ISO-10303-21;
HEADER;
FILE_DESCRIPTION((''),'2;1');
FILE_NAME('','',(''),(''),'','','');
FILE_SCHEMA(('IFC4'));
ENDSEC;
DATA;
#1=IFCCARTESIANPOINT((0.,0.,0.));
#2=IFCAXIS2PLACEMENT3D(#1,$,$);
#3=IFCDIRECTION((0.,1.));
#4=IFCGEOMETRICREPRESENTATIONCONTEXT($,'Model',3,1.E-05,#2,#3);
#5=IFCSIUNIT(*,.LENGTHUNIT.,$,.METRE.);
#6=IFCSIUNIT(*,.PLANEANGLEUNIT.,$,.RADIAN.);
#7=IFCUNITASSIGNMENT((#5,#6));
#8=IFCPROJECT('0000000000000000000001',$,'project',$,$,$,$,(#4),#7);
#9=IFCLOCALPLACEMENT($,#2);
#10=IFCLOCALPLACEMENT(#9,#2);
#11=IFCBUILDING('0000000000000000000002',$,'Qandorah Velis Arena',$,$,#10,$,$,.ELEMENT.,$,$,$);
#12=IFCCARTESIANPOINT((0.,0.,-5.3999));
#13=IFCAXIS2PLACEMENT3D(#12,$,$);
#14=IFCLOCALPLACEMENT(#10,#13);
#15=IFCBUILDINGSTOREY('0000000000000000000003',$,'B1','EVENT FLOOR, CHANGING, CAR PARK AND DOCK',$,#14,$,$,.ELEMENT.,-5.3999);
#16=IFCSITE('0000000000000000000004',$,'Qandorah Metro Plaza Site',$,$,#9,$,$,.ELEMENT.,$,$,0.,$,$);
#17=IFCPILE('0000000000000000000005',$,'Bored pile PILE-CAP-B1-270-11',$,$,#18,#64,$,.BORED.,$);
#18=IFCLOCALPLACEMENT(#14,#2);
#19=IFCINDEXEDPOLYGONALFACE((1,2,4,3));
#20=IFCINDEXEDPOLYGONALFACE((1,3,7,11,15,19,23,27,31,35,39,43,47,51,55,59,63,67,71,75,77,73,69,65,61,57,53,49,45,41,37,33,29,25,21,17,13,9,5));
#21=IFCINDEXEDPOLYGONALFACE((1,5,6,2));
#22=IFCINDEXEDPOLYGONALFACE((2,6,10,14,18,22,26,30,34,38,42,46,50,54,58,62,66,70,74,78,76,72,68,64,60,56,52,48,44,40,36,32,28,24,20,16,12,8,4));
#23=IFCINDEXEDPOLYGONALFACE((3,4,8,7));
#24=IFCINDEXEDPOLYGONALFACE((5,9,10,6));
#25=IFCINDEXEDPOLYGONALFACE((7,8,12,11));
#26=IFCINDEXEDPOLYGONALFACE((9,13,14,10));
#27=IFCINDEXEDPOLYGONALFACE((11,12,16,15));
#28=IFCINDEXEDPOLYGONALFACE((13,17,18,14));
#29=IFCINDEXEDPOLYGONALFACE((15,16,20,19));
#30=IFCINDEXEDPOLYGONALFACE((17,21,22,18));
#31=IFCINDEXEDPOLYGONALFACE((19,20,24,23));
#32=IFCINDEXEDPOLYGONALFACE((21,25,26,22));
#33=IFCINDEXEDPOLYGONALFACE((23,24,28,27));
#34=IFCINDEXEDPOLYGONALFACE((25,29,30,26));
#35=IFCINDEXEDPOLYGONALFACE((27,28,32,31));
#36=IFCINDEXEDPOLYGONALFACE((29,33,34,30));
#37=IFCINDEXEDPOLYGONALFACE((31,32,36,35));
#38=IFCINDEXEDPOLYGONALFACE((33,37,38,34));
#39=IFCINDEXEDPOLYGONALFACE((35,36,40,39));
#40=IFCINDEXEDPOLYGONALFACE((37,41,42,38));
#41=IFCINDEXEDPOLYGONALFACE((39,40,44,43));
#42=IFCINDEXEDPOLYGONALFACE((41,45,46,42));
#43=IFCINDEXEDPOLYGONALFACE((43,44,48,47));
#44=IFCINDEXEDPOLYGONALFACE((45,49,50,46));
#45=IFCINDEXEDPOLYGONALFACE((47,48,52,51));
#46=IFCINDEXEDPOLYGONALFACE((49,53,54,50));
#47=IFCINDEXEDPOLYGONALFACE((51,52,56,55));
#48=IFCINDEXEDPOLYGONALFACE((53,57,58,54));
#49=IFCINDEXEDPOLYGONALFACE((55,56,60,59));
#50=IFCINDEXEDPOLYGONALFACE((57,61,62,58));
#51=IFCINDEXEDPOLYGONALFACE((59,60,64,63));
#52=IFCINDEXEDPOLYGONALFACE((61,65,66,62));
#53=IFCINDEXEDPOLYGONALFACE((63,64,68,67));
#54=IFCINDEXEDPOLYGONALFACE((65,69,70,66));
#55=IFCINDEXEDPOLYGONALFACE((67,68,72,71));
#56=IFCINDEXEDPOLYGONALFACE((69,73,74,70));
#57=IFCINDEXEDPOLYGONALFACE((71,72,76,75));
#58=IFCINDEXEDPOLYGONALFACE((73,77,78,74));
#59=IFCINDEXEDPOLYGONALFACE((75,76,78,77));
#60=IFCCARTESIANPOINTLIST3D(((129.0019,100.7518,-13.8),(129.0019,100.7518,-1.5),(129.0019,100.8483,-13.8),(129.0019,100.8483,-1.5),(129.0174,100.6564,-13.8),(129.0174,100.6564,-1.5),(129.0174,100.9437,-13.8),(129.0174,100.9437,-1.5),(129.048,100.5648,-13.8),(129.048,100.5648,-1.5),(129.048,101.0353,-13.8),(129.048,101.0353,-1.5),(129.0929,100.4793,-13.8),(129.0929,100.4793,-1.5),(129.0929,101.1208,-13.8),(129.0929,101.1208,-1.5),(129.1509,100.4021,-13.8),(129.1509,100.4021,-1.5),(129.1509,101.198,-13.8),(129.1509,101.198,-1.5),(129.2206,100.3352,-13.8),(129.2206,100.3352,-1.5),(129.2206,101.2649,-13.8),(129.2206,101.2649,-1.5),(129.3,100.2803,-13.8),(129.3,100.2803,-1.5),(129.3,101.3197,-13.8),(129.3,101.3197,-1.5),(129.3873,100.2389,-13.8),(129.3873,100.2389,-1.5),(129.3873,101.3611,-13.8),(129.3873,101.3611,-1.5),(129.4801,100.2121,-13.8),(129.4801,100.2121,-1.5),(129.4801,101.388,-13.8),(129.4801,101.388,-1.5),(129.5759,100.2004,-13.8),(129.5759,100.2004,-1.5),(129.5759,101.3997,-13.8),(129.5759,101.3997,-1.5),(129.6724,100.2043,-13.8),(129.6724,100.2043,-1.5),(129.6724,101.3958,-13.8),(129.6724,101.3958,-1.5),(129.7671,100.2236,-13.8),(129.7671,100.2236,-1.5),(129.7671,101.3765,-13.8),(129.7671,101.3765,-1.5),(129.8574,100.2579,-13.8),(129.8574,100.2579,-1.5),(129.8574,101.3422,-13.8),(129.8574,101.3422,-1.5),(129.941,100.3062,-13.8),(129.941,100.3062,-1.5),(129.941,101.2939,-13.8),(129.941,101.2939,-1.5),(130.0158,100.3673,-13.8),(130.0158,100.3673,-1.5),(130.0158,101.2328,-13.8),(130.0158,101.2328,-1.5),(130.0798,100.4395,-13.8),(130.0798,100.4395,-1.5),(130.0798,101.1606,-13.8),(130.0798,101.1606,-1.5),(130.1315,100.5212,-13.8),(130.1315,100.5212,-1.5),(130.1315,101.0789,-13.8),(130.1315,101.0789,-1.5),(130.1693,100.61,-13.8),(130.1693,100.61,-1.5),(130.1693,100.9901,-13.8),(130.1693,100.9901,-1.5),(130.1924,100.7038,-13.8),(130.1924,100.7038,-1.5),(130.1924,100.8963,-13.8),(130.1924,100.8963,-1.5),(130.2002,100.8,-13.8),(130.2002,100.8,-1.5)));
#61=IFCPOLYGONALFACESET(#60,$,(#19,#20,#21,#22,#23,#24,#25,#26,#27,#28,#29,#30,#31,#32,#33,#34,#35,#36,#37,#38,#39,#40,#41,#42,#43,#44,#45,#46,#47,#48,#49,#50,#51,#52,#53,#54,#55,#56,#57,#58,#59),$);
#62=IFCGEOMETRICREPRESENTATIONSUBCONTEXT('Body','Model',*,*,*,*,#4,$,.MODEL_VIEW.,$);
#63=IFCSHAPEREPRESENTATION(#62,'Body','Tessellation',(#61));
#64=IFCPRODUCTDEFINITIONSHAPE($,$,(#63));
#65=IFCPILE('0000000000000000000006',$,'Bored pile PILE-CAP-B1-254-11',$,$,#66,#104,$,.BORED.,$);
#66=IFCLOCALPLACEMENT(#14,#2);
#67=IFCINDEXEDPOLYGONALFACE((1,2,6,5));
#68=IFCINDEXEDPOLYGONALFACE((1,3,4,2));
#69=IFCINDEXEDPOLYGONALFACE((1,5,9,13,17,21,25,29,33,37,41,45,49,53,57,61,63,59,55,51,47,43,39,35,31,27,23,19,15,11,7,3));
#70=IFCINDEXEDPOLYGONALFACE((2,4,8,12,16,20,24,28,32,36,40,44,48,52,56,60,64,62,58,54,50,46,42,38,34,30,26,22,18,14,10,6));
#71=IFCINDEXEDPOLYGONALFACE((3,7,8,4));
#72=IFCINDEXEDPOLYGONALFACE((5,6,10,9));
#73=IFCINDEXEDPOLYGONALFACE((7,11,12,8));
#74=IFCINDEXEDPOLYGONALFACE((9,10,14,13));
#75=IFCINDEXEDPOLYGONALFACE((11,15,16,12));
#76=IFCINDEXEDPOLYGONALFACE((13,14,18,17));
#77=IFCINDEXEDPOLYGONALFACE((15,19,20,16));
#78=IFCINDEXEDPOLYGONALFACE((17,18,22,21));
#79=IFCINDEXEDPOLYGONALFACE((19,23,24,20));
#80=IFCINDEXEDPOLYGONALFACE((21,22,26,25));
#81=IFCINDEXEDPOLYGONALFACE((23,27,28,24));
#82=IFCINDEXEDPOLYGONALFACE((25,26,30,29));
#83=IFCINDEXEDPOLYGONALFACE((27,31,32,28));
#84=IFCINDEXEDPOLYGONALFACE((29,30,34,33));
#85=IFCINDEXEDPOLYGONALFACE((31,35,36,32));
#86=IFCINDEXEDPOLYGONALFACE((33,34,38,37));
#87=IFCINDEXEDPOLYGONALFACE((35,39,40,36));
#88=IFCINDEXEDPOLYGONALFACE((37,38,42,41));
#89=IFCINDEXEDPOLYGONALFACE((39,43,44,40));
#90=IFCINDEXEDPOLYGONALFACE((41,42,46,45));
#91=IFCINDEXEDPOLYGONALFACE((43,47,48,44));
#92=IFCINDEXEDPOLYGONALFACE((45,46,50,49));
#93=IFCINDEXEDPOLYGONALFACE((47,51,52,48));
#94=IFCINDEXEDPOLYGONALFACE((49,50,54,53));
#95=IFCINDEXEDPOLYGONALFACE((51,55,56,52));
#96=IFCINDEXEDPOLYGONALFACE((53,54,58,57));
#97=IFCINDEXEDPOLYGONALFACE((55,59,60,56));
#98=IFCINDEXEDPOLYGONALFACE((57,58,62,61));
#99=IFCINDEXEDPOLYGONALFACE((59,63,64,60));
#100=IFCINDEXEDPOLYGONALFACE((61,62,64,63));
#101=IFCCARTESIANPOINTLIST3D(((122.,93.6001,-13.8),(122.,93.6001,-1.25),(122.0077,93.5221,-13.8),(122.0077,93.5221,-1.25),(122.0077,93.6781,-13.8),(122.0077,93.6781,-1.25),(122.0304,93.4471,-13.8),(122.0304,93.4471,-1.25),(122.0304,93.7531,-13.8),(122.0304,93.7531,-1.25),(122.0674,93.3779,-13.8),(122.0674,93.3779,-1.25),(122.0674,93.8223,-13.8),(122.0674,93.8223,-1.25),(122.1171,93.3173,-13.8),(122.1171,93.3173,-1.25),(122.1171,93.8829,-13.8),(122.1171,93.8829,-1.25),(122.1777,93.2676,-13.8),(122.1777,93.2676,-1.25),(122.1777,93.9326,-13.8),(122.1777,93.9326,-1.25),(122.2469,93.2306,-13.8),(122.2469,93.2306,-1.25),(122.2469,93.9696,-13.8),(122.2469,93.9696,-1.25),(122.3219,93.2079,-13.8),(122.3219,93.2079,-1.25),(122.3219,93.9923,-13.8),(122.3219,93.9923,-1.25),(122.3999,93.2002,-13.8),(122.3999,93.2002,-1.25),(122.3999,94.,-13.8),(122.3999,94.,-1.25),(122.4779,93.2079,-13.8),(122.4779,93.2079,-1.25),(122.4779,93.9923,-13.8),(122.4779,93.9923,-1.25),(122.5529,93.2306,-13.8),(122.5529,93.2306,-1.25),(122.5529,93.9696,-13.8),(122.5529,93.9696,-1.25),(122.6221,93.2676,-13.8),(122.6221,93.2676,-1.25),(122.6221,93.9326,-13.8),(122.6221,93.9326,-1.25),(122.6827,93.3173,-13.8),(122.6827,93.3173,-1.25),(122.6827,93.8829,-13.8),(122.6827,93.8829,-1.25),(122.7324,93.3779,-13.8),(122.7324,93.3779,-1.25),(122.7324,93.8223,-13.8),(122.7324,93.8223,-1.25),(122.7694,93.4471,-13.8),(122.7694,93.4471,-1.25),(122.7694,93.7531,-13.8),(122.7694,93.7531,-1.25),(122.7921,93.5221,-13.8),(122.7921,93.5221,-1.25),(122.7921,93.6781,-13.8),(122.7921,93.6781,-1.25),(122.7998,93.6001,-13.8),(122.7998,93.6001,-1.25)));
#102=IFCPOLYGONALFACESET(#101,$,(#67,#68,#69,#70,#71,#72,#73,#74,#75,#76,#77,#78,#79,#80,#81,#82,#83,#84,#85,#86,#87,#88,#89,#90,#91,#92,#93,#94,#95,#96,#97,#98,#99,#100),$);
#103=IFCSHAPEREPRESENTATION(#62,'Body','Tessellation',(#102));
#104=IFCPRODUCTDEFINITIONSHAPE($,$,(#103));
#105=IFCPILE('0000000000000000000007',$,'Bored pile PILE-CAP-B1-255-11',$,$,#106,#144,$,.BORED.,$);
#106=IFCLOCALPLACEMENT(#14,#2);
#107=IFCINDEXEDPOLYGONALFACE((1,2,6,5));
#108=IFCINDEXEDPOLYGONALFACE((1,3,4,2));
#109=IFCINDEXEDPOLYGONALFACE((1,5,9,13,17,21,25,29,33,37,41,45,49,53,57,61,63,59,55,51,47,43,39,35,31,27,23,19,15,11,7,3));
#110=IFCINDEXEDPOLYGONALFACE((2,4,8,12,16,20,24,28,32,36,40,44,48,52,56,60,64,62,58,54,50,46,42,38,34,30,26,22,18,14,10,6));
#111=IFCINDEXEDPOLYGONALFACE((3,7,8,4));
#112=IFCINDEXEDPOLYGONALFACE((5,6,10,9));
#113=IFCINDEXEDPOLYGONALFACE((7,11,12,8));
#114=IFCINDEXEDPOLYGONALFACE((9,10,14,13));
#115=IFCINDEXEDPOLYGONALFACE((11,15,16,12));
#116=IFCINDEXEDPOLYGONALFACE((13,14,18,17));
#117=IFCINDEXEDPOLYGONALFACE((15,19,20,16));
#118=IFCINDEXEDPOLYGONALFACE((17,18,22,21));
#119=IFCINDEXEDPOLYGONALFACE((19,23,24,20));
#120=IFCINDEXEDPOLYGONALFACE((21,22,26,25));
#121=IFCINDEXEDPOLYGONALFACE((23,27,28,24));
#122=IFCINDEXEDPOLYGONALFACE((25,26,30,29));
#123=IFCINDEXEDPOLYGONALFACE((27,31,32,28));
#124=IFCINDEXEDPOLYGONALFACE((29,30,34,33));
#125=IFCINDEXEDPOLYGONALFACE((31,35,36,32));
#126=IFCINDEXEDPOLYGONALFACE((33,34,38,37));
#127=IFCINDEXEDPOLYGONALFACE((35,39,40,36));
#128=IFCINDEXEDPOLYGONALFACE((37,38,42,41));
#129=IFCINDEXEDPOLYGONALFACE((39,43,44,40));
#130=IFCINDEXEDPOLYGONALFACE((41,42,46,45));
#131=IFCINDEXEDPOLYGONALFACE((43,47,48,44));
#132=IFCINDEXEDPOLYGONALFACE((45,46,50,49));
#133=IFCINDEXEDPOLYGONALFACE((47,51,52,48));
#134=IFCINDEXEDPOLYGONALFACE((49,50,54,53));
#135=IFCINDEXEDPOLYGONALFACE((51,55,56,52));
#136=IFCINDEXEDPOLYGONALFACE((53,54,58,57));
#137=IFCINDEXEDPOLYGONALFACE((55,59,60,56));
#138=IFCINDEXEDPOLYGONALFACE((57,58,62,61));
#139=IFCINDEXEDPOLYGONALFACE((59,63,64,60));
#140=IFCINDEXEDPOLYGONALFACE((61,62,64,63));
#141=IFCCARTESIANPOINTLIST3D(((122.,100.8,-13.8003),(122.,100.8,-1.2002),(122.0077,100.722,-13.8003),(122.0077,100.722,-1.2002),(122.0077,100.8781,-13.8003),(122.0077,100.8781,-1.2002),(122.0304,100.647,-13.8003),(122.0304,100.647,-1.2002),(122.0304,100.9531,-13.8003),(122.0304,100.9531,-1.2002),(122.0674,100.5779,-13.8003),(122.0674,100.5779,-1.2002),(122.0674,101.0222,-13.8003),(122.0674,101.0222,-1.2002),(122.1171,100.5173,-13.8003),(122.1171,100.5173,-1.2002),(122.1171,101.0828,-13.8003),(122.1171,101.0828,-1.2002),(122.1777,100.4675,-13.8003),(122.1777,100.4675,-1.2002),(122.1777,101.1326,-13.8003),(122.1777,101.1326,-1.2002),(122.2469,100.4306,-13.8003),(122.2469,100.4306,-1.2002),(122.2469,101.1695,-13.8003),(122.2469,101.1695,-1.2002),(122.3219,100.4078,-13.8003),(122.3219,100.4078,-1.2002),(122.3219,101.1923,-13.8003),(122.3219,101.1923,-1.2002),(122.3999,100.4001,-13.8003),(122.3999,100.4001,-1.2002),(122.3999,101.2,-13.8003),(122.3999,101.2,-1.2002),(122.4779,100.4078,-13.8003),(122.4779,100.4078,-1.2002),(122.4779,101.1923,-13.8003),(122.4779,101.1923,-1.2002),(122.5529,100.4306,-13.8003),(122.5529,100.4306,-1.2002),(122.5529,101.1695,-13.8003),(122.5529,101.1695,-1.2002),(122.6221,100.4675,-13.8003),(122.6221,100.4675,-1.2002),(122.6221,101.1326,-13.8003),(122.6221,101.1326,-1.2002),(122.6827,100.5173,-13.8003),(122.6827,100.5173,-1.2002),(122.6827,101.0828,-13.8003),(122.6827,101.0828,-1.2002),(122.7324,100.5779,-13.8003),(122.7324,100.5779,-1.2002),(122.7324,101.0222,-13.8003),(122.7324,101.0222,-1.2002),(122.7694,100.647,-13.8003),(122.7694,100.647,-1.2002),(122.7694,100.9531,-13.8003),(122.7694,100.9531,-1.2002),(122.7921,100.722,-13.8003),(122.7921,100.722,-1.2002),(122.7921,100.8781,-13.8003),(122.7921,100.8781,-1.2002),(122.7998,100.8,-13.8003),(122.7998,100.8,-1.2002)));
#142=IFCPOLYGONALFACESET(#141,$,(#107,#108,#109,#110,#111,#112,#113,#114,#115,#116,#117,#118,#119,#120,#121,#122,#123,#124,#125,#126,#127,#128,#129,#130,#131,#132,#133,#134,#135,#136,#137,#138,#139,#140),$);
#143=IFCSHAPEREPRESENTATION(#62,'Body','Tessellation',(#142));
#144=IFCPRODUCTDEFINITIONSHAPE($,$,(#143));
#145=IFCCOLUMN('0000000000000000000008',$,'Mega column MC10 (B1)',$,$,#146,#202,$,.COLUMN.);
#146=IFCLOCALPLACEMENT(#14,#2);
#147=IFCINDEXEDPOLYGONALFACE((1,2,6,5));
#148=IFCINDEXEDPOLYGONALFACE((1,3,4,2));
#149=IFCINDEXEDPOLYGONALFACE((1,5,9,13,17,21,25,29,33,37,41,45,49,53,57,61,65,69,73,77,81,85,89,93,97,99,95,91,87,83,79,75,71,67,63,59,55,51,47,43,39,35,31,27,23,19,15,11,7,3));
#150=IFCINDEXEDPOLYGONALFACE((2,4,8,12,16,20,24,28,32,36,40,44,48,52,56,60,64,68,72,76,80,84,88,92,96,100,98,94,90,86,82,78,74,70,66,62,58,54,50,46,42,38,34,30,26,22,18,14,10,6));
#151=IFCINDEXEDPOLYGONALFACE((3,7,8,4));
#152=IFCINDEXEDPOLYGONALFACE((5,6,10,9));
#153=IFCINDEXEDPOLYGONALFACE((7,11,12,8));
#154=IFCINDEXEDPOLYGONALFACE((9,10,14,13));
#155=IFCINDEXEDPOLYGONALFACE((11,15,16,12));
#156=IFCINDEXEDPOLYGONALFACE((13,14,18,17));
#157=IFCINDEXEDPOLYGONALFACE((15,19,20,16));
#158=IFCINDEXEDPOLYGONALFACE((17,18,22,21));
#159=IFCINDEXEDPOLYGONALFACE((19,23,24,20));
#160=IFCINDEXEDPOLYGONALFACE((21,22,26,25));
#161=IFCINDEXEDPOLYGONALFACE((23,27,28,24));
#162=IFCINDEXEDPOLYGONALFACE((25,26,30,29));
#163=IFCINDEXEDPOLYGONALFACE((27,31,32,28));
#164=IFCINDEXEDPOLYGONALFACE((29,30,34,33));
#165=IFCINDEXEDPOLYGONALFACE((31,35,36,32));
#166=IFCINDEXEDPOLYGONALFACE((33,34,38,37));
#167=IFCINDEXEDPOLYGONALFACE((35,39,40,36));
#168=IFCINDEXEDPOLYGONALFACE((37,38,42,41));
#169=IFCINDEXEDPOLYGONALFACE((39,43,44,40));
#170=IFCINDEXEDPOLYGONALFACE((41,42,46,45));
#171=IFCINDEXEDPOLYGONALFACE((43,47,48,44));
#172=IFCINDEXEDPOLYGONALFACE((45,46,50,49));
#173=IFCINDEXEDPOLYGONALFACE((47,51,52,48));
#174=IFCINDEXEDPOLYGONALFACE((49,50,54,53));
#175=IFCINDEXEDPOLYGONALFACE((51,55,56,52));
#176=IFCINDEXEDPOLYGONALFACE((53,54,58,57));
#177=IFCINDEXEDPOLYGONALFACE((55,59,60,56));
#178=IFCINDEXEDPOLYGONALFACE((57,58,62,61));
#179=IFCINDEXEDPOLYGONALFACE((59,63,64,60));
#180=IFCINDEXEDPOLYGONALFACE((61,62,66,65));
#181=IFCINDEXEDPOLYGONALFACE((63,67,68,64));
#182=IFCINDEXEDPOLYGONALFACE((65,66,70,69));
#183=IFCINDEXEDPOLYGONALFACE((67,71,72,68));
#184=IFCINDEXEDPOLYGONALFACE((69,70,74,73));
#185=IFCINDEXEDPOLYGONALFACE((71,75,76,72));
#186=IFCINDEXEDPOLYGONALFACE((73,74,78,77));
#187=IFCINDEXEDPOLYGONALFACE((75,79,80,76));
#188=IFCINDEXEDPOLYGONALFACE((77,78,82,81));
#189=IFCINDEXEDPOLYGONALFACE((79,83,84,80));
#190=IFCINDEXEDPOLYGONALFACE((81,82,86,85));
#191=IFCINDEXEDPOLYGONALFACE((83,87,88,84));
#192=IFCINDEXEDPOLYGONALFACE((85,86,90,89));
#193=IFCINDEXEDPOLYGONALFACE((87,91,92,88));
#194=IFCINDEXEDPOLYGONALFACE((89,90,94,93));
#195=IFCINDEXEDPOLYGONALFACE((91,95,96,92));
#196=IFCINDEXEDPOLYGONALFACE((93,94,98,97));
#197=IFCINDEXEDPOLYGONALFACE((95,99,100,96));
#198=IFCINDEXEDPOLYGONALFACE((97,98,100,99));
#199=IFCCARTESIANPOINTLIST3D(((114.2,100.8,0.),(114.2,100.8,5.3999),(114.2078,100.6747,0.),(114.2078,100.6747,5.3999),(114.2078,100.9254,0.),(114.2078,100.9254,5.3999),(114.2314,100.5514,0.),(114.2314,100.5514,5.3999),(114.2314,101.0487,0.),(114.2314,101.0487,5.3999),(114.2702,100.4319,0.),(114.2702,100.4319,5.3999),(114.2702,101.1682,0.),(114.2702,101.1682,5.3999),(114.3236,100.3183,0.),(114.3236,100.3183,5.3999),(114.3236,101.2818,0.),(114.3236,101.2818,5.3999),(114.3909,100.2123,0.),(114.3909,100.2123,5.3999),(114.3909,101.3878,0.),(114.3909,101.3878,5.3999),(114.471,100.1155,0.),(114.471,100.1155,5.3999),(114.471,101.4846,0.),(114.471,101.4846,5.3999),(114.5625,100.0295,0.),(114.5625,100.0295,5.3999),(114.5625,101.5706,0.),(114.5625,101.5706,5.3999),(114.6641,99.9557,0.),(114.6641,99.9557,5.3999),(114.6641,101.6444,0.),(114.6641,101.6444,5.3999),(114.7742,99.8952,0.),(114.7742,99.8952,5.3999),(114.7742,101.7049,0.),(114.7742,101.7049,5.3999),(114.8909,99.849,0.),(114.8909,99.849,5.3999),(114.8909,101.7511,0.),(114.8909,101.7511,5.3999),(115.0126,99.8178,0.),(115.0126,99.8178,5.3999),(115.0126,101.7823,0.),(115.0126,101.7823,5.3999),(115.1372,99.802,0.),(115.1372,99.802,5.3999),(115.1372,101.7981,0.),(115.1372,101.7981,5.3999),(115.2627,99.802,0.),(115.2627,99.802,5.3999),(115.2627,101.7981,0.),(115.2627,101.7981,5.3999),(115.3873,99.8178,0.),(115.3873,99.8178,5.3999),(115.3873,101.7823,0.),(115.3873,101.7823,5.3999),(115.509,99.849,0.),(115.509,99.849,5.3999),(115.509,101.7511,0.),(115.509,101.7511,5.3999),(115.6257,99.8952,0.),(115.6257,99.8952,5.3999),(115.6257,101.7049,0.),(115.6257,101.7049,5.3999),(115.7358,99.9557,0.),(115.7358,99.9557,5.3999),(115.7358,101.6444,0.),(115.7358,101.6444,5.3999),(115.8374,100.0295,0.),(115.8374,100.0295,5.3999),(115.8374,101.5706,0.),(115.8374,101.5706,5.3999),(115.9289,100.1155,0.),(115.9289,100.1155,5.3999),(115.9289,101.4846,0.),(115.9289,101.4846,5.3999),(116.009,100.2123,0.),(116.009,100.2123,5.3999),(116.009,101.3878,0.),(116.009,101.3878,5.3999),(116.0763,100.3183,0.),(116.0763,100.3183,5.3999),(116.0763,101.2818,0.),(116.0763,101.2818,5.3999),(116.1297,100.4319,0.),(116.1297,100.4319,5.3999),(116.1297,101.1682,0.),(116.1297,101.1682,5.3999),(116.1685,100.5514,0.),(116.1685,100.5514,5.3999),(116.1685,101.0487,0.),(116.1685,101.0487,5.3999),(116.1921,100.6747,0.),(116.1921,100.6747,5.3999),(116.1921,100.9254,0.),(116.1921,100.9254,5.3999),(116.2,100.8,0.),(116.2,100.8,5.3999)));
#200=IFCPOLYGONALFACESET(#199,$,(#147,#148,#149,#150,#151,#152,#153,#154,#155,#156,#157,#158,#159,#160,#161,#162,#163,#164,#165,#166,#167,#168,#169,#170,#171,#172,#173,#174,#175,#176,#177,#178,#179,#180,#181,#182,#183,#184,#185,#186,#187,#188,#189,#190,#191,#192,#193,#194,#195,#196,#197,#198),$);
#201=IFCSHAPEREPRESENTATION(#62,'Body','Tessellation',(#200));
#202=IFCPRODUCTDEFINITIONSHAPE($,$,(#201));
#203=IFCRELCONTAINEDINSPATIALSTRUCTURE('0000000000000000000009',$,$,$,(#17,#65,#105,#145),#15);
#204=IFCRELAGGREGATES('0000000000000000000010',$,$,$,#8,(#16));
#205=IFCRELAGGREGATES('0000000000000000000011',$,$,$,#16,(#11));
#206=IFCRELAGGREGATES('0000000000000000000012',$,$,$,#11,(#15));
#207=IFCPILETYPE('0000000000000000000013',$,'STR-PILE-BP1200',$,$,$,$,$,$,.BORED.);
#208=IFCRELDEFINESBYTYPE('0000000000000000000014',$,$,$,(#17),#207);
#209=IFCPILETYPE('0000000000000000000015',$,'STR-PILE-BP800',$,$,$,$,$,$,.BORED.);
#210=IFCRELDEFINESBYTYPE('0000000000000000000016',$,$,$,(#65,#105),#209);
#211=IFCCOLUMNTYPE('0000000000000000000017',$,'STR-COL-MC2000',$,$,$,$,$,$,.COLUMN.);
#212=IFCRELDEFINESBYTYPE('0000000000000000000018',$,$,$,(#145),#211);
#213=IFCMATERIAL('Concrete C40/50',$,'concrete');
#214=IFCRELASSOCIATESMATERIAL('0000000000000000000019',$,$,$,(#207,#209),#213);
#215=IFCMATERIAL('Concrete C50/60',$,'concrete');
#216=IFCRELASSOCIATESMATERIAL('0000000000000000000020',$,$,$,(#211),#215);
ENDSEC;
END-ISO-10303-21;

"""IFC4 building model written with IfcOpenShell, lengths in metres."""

from ifc_helpers import new_model, si_unit, direction, frame, origin, origin_2d, place, context, subcontext, project, spatial, circle, extrude, material, material_profile, profile_set, type_object, element, save


model = new_model("IFC4")

# Units and contexts
model_context = context("Model", 3, precision=1e-05, world=origin(), true_north=direction((0.0, 1.0)))
body_context = subcontext(model_context, "Body", "Model", "MODEL_VIEW")
ifc_project = project(units=[si_unit("LENGTHUNIT", "METRE"), si_unit("PLANEANGLEUNIT", "RADIAN")], contexts=[model_context])

# Site, building, storey
site_placement = place(None, origin())
site = spatial("IfcSite", under=ifc_project, at=site_placement, Name="Qandorah Metro Plaza Site", CompositionType="ELEMENT", RefElevation=0.0)
building_placement = place(site_placement, origin())
building = spatial("IfcBuilding", under=site, at=building_placement, Name="Qandorah Velis Arena", CompositionType="ELEMENT")
storey_placement = place(building_placement, frame((0.0, 0.0, -5.3999)))
storey = spatial("IfcBuildingStorey", under=building, at=storey_placement, Name="B1", Description="EVENT FLOOR, CHANGING, CAR PARK AND DOCK", CompositionType="ELEMENT", Elevation=-5.3999)

# Shared definitions
ifc_material_1 = material(Name="Concrete C40/50", Category="concrete")

# Piles
ifc_material_profile_1 = material_profile(ifc_material_1, circle(Radius=0.6001, at=origin_2d()), Name="BORED PILE D1200")
ifc_profile_set_1 = profile_set([ifc_material_profile_1], Name="Concrete C40/50")
pile_type_1 = type_object("IfcPileType", Name="STR-PILE-BP1200", PredefinedType="BORED", material=ifc_profile_set_1)
pile_1_placement = place(storey_placement, frame((129.6001, 100.8, -1.5), z_axis=(0.0, 0.0, -1.0), x_axis=(1.0, 0.0, 0.0)))
element("IfcPile", 1, at=pile_1_placement, inside=storey, type_object=pile_type_1, Name="Bored pile PILE-CAP-B1-270-11", PredefinedType="BORED", context=body_context, shape_type="SweptSolid", body=[
    extrude(circle(Radius=0.6001, at=origin_2d()), origin(), (0.0, 0.0, 1.0), 12.3),
])
ifc_material_profile_2 = material_profile(ifc_material_1, circle(Radius=0.3999, at=origin_2d()), Name="BORED PILE D800")
ifc_profile_set_2 = profile_set([ifc_material_profile_2], Name="Concrete C40/50")
pile_type_2 = type_object("IfcPileType", Name="STR-PILE-BP800", PredefinedType="BORED", material=ifc_profile_set_2)
pile_2_placement = place(storey_placement, frame((122.3999, 93.6001, -1.25), z_axis=(0.0, 0.0, -1.0), x_axis=(1.0, 0.0, 0.0)))
element("IfcPile", 2, at=pile_2_placement, inside=storey, type_object=pile_type_2, Name="Bored pile PILE-CAP-B1-254-11", PredefinedType="BORED", context=body_context, shape_type="SweptSolid", body=[
    extrude(circle(Radius=0.3999, at=origin_2d()), origin(), (0.0, 0.0, 1.0), 12.55),
])
pile_3_placement = place(storey_placement, frame((122.3999, 100.8, -1.2002), z_axis=(0.0, 0.0, -1.0), x_axis=(1.0, 0.0, 0.0)))
element("IfcPile", 3, at=pile_3_placement, inside=storey, type_object=pile_type_2, Name="Bored pile PILE-CAP-B1-255-11", PredefinedType="BORED", context=body_context, shape_type="SweptSolid", body=[
    extrude(circle(Radius=0.3999, at=origin_2d()), origin(), (0.0, 0.0, 1.0), 12.6001),
])

# Column
ifc_material_2 = material(Name="Concrete C50/60", Category="concrete")
ifc_material_profile_3 = material_profile(ifc_material_2, circle(Radius=1.0, at=origin_2d()), Name="MC D2000")
ifc_profile_set_3 = profile_set([ifc_material_profile_3], Name="Concrete C50/60")
column_type_1 = type_object("IfcColumnType", Name="STR-COL-MC2000", PredefinedType="COLUMN", material=ifc_profile_set_3)
column_placement = place(storey_placement, frame((115.2, 100.8, 0.0), z_axis=(0.0, 0.0, 1.0), x_axis=(1.0, 0.0, 0.0)))
element("IfcColumn", 4, at=column_placement, inside=storey, type_object=column_type_1, Name="Mega column MC10 (B1)", PredefinedType="COLUMN", context=body_context, shape_type="SweptSolid", body=[
    extrude(circle(Radius=1.0, at=origin_2d()), origin(), (0.0, 0.0, 1.0), 5.3999),
])

save(model, "model.ifc")
